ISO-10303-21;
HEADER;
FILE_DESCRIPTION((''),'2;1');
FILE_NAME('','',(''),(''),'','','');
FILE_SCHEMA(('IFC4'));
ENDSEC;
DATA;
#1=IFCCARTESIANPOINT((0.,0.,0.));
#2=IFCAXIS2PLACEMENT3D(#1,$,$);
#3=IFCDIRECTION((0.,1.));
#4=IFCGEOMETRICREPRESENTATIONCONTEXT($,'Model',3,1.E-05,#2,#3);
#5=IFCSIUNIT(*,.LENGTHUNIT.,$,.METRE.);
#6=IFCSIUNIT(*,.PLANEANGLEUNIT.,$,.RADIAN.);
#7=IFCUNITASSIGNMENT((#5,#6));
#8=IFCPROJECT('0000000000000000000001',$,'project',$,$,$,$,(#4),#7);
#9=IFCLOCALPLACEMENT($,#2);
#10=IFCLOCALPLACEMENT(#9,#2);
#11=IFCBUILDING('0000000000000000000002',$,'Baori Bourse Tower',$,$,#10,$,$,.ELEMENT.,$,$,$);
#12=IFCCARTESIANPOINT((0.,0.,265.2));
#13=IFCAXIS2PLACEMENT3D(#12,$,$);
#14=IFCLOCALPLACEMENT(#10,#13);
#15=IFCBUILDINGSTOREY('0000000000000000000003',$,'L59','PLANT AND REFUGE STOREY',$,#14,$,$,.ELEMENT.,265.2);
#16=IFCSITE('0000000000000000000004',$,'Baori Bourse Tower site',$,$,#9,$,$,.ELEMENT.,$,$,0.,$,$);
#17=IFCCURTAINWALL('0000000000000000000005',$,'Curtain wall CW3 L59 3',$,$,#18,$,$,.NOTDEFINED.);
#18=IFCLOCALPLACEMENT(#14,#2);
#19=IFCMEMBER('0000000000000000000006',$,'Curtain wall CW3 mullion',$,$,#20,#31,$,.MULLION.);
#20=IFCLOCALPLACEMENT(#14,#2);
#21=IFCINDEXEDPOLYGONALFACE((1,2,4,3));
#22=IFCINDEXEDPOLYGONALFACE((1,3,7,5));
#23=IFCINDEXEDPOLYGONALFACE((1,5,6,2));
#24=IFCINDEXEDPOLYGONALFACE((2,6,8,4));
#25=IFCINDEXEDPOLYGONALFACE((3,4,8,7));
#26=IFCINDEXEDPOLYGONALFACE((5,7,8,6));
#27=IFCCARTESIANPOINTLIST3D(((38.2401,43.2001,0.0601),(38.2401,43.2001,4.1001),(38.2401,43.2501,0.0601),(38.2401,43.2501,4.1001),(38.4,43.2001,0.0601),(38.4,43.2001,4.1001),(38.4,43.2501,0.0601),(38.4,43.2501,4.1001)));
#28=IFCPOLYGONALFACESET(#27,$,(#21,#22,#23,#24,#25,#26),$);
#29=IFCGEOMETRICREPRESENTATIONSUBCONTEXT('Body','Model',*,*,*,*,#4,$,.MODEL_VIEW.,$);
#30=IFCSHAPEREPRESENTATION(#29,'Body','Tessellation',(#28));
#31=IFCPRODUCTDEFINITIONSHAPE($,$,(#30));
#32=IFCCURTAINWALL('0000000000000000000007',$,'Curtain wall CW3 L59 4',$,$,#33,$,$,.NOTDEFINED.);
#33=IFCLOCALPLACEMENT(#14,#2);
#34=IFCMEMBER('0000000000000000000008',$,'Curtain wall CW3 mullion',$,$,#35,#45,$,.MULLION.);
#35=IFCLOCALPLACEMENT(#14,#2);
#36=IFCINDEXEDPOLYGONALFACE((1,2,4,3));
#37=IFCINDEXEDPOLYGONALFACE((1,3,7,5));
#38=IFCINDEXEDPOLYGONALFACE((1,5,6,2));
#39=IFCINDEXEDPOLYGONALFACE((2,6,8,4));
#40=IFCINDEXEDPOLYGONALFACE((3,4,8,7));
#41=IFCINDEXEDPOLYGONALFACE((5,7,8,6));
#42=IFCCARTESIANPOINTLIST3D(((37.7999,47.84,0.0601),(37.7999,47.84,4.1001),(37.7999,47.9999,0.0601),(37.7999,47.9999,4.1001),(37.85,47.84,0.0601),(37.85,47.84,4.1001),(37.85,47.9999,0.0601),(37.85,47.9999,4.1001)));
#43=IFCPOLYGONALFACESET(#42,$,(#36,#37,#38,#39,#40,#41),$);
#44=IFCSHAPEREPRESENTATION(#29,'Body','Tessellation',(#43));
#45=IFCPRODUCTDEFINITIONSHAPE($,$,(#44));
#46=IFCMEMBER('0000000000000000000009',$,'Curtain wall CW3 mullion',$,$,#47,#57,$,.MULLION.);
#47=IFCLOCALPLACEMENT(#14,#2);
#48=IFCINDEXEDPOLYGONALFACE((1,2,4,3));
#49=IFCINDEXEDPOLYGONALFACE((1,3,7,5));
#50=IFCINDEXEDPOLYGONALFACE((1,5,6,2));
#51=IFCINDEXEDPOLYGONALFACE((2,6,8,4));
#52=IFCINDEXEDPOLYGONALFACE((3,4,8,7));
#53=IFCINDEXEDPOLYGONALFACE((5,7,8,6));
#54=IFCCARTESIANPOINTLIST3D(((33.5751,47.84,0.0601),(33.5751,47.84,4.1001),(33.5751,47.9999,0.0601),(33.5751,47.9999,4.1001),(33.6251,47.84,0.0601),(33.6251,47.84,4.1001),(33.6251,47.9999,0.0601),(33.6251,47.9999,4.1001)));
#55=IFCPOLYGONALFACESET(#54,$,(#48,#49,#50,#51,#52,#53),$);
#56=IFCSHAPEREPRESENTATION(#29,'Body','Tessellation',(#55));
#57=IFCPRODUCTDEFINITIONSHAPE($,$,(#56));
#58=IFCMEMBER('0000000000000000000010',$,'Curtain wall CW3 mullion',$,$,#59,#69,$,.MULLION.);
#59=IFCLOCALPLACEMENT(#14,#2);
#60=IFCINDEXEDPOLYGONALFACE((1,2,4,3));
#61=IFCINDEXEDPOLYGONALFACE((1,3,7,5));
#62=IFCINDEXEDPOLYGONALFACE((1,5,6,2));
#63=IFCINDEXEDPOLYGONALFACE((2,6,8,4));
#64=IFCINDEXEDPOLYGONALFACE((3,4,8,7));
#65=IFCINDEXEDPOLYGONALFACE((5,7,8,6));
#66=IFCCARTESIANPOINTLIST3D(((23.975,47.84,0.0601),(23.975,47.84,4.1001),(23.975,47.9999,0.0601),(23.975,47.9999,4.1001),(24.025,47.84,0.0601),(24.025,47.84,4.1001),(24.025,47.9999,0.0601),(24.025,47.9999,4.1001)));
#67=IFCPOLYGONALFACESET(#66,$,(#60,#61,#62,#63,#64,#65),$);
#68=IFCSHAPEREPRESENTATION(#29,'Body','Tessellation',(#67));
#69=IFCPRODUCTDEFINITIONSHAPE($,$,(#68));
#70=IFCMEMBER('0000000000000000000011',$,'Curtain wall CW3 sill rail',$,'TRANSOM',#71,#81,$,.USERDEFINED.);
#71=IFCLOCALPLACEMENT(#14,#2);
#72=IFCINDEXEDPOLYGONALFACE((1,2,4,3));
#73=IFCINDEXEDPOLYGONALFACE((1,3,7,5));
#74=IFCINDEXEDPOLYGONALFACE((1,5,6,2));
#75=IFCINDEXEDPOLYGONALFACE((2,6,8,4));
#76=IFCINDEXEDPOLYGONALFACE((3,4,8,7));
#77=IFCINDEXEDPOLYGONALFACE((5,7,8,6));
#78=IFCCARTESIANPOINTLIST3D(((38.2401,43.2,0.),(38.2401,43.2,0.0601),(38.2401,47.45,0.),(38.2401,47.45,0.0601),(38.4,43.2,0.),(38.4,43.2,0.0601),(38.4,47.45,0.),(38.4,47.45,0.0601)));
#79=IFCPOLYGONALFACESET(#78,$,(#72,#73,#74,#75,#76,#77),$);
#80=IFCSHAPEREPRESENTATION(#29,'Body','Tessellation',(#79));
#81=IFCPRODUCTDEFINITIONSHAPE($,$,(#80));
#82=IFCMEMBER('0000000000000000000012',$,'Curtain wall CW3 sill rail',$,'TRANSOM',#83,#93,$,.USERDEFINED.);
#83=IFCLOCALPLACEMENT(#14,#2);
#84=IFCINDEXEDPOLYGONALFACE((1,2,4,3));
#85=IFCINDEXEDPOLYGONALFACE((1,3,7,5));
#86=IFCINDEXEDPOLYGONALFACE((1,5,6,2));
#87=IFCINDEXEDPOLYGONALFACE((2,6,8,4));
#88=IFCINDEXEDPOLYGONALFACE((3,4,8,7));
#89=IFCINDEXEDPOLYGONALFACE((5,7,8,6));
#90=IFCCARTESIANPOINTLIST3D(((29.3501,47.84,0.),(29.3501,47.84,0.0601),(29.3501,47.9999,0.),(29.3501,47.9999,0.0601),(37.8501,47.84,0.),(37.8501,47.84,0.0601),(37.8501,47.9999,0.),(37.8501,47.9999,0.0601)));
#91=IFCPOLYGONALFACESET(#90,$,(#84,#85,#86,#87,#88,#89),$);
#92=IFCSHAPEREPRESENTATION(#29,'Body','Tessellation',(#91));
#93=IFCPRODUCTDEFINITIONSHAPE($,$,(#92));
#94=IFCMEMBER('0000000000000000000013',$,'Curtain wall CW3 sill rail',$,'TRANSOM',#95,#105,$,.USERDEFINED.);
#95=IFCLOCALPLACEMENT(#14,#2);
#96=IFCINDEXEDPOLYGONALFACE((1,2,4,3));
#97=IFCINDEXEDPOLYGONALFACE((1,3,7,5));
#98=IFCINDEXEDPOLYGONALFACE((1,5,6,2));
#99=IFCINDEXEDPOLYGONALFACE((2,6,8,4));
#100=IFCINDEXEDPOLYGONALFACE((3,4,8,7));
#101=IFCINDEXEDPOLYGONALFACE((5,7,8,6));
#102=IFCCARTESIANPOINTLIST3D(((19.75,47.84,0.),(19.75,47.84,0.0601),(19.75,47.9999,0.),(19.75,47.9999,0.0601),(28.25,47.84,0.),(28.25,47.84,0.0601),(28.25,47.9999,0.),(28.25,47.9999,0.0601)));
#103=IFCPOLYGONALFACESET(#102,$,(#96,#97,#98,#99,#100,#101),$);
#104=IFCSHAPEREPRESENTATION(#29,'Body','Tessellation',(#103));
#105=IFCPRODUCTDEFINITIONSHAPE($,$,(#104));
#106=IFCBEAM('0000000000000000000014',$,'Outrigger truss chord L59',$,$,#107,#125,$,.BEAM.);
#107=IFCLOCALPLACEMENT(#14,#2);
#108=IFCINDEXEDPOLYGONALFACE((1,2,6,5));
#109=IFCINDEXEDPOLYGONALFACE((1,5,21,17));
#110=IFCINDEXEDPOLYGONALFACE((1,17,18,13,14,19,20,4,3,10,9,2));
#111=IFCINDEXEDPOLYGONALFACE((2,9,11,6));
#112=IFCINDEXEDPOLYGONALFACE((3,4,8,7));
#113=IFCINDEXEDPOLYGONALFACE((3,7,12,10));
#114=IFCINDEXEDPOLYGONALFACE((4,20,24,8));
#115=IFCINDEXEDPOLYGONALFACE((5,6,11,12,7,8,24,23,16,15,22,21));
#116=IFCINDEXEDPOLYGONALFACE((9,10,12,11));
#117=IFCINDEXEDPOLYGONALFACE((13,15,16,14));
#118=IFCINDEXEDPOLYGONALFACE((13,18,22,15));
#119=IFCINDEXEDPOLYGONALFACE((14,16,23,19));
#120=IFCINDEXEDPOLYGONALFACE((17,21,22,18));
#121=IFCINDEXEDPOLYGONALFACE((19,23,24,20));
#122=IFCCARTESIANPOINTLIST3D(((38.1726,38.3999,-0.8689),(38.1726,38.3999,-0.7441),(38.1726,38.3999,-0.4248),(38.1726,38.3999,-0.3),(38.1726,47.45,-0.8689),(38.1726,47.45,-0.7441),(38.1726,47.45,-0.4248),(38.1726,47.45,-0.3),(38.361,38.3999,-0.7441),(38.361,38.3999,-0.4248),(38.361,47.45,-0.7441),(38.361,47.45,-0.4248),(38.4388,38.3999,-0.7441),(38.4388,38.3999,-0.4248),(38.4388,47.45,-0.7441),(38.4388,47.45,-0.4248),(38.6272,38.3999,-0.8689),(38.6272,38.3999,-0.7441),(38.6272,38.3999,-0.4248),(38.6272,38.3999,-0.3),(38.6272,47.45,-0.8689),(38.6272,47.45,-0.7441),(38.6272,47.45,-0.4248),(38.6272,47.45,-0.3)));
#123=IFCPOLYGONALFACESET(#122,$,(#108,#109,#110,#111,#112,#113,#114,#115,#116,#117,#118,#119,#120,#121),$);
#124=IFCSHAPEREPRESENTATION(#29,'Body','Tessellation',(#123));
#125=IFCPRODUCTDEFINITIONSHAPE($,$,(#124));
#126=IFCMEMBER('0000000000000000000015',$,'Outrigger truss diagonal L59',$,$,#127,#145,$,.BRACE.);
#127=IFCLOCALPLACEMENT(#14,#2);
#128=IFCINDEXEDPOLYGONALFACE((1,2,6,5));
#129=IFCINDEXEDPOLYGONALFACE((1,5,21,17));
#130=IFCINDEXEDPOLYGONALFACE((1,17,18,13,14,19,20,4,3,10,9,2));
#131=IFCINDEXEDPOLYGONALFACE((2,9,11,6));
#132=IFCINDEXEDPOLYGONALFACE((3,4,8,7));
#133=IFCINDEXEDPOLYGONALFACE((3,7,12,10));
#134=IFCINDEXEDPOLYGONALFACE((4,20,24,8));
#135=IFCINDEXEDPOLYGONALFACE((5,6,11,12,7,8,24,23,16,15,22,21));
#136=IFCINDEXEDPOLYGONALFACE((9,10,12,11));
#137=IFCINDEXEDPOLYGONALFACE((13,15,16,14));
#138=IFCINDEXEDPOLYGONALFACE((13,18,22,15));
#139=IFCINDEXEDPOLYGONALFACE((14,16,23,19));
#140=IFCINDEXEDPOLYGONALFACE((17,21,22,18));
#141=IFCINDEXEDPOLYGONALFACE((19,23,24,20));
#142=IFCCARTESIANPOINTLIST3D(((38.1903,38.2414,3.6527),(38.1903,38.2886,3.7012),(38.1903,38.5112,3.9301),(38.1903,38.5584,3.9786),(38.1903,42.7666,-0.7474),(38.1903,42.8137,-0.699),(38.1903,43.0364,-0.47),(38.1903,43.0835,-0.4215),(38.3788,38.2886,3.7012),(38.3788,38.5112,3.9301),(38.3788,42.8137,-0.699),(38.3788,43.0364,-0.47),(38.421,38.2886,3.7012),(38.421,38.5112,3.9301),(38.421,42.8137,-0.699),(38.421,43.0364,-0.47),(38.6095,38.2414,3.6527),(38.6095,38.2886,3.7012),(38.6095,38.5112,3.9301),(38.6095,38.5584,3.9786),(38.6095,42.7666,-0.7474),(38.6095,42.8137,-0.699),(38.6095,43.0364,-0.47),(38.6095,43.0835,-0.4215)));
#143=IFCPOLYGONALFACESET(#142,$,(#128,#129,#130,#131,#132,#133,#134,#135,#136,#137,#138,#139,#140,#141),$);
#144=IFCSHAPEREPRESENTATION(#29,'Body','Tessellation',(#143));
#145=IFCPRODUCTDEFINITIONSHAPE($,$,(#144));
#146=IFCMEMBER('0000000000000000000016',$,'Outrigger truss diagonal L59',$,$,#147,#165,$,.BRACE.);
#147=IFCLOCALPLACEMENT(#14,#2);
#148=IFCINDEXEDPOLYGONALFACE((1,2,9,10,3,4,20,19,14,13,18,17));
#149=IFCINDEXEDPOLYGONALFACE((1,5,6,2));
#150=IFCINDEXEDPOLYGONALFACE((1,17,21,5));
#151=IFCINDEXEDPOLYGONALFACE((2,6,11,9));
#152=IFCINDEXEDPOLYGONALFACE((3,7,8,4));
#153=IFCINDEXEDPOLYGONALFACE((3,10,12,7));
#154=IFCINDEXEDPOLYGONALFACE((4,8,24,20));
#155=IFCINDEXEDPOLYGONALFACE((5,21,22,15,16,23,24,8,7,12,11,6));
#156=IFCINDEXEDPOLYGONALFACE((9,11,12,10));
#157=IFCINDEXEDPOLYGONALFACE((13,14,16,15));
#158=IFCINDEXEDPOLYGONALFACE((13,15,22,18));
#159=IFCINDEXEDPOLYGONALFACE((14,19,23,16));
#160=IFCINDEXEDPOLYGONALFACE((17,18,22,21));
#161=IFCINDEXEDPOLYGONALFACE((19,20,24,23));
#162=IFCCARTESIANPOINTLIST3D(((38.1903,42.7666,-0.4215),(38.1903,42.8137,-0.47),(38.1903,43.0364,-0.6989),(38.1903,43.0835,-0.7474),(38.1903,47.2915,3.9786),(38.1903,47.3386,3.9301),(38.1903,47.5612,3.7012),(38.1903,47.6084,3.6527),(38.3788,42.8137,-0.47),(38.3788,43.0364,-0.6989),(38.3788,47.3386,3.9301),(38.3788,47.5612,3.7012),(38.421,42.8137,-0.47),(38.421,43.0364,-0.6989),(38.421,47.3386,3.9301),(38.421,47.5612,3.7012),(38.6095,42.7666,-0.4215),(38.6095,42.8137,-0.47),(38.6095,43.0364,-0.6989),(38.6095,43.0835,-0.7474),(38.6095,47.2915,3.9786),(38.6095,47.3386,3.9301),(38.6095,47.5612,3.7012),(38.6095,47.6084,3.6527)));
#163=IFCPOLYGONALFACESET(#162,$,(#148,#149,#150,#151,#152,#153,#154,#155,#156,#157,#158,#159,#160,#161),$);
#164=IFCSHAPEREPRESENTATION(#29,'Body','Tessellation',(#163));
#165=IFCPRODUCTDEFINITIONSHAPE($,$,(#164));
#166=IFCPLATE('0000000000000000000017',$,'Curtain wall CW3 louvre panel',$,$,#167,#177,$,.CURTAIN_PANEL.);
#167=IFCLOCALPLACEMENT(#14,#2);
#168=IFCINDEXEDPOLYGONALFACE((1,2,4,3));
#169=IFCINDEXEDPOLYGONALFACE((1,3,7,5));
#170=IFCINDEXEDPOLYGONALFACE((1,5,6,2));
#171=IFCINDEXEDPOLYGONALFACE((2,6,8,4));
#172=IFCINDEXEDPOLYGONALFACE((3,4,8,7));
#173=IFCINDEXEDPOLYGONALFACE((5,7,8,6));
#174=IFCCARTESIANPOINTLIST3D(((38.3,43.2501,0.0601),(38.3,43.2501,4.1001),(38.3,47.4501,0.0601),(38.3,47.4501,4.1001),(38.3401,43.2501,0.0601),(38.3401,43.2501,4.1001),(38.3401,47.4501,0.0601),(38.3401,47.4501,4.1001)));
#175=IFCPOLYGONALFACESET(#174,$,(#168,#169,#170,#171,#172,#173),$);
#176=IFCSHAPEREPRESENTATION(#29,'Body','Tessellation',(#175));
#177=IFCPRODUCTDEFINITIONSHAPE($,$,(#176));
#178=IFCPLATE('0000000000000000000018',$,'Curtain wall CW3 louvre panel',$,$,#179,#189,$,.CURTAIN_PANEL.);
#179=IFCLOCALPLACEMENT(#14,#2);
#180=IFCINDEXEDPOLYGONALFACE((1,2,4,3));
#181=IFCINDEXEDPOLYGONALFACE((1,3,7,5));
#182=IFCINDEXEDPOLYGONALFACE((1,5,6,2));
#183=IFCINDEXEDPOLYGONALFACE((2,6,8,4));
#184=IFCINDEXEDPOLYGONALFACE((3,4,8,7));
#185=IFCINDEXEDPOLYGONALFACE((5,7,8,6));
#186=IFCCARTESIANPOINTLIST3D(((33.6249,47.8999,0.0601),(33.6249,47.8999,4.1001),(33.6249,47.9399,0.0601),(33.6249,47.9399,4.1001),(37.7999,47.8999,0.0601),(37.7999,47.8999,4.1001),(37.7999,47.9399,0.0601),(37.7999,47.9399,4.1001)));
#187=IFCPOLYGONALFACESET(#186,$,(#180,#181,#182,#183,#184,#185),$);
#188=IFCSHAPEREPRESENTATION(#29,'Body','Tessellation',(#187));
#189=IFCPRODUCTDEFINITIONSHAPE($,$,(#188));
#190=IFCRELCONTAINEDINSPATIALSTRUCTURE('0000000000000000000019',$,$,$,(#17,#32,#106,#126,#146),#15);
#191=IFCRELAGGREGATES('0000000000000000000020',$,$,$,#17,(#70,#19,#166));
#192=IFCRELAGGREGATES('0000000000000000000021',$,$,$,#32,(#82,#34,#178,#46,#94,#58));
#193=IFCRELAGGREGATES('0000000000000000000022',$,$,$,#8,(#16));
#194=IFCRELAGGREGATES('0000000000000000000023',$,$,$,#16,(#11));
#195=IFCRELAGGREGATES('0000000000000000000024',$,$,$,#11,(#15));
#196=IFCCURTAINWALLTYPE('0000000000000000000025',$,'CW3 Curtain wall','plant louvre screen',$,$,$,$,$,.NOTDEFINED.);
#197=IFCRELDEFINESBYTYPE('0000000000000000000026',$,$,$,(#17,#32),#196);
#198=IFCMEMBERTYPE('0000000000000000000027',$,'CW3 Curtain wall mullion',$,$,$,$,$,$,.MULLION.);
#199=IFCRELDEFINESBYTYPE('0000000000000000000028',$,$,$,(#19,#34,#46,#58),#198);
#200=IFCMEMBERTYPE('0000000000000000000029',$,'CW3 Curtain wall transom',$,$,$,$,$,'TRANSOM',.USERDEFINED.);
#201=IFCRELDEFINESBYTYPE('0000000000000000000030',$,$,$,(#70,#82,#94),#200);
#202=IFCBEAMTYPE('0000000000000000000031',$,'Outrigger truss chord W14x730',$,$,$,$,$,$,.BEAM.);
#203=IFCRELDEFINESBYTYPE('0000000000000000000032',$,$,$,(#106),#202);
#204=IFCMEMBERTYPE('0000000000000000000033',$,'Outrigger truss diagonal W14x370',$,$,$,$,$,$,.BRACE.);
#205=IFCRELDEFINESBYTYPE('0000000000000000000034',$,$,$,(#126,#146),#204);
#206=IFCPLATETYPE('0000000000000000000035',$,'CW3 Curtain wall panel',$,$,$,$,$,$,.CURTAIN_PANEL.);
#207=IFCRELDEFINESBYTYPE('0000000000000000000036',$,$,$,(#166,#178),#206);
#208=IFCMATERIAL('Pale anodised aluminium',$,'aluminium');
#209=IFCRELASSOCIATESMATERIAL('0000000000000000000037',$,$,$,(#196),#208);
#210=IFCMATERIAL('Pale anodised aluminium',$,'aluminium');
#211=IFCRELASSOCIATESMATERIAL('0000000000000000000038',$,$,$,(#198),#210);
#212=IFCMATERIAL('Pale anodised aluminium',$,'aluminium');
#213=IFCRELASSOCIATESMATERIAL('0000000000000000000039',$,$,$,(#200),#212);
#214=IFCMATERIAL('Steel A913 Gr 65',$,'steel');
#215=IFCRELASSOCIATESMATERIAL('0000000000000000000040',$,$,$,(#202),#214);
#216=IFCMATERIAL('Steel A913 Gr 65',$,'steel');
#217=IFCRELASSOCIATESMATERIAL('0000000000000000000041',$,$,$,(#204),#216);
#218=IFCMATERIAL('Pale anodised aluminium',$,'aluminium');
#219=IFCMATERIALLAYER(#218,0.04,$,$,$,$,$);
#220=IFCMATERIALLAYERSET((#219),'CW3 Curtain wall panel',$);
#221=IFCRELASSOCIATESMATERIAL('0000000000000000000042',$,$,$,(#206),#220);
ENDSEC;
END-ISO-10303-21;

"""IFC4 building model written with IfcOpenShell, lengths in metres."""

from ifc_helpers import new_model, si_unit, direction, frame, origin, origin_2d, place, context, subcontext, project, spatial, rectangle, i_section, extrude, material, layer, layer_set, material_profile, profile_set, type_object, element, aggregate, save


model = new_model("IFC4")

# Units and contexts
model_context = context("Model", 3, precision=1e-05, world=origin(), true_north=direction((0.0, 1.0)))
body_context = subcontext(model_context, "Body", "Model", "MODEL_VIEW")
ifc_project = project(units=[si_unit("LENGTHUNIT", "METRE"), si_unit("PLANEANGLEUNIT", "RADIAN")], contexts=[model_context])

# Site, building, storey
site_placement = place(None, origin())
site = spatial("IfcSite", under=ifc_project, at=site_placement, Name="Baori Bourse Tower site", CompositionType="ELEMENT", RefElevation=0.0)
building_placement = place(site_placement, origin())
building = spatial("IfcBuilding", under=site, at=building_placement, Name="Baori Bourse Tower", CompositionType="ELEMENT")
storey_placement = place(building_placement, frame((0.0, 0.0, 265.2)))
storey = spatial("IfcBuildingStorey", under=building, at=storey_placement, Name="L59", Description="PLANT AND REFUGE STOREY", CompositionType="ELEMENT", Elevation=265.2)

# Curtain wall, member
ifc_material_1 = material(Name="Pale anodised aluminium", Category="aluminium")
curtain_wall_type = type_object("IfcCurtainWallType", Name="CW3 Curtain wall", Description="plant louvre screen", PredefinedType="NOTDEFINED", material=ifc_material_1)
curtain_wall_1_placement = place(storey_placement, origin())
curtain_wall_1 = element("IfcCurtainWall", 1, at=curtain_wall_1_placement, inside=storey, type_object=curtain_wall_type, Name="Curtain wall CW3 L59 3", PredefinedType="NOTDEFINED")
ifc_material_2 = material(Name="Pale anodised aluminium", Category="aluminium")
ifc_material_profile_1 = material_profile(ifc_material_2, rectangle(XDim=0.1599, YDim=0.05, at=origin_2d()), Name="Mullion 50x160")
ifc_profile_set_1 = profile_set([ifc_material_profile_1], Name="Pale anodised aluminium")
member_type_1 = type_object("IfcMemberType", Name="CW3 Curtain wall mullion", PredefinedType="MULLION", material=ifc_profile_set_1)
member_1_placement = place(storey_placement, frame((38.3201, 43.2251, 0.0601), z_axis=(0.0, 0.0, 1.0), x_axis=(-1.0, 0.0, 0.0)))
member_1 = element("IfcMember", 2, at=member_1_placement, type_object=member_type_1, Name="Curtain wall CW3 mullion", PredefinedType="MULLION", context=body_context, shape_type="SweptSolid", body=[
    extrude(rectangle(XDim=0.1599, YDim=0.05, at=origin_2d()), origin(), (0.0, 0.0, 1.0), 4.04),
])

# Curtain wall, members
curtain_wall_2_placement = place(storey_placement, origin())
curtain_wall_2 = element("IfcCurtainWall", 3, at=curtain_wall_2_placement, inside=storey, type_object=curtain_wall_type, Name="Curtain wall CW3 L59 4", PredefinedType="NOTDEFINED")
member_2_placement = place(storey_placement, frame((37.825, 47.9199, 0.0601), z_axis=(0.0, 0.0, 1.0), x_axis=(0.0, -1.0, 0.0)))
member_2 = element("IfcMember", 4, at=member_2_placement, type_object=member_type_1, Name="Curtain wall CW3 mullion", PredefinedType="MULLION", context=body_context, shape_type="SweptSolid", body=[
    extrude(rectangle(XDim=0.1599, YDim=0.05, at=origin_2d()), origin(), (0.0, 0.0, 1.0), 4.04),
])
member_3_placement = place(storey_placement, frame((33.6001, 47.9199, 0.0601), z_axis=(0.0, 0.0, 1.0), x_axis=(0.0, -1.0, 0.0)))
member_3 = element("IfcMember", 5, at=member_3_placement, type_object=member_type_1, Name="Curtain wall CW3 mullion", PredefinedType="MULLION", context=body_context, shape_type="SweptSolid", body=[
    extrude(rectangle(XDim=0.1599, YDim=0.05, at=origin_2d()), origin(), (0.0, 0.0, 1.0), 4.04),
])
member_4_placement = place(storey_placement, frame((24.0, 47.9199, 0.0601), z_axis=(0.0, 0.0, 1.0), x_axis=(0.0, -1.0, 0.0)))
member_4 = element("IfcMember", 6, at=member_4_placement, type_object=member_type_1, Name="Curtain wall CW3 mullion", PredefinedType="MULLION", context=body_context, shape_type="SweptSolid", body=[
    extrude(rectangle(XDim=0.1599, YDim=0.05, at=origin_2d()), origin(), (0.0, 0.0, 1.0), 4.04),
])

# Members
ifc_material_3 = material(Name="Pale anodised aluminium", Category="aluminium")
ifc_material_profile_2 = material_profile(ifc_material_3, rectangle(XDim=0.1599, YDim=0.0601, at=origin_2d()), Name="Transom 60x160")
ifc_profile_set_2 = profile_set([ifc_material_profile_2], Name="Pale anodised aluminium")
member_type_2 = type_object("IfcMemberType", Name="CW3 Curtain wall transom", ElementType="TRANSOM", PredefinedType="USERDEFINED", material=ifc_profile_set_2)
member_5_placement = place(storey_placement, frame((38.3201, 43.2, 0.03), z_axis=(0.0, 1.0, 0.0), x_axis=(-1.0, 0.0, 0.0)))
member_5 = element("IfcMember", 7, at=member_5_placement, type_object=member_type_2, Name="Curtain wall CW3 sill rail", ObjectType="TRANSOM", PredefinedType="USERDEFINED", context=body_context, shape_type="SweptSolid", body=[
    extrude(rectangle(XDim=0.1599, YDim=0.0601, at=origin_2d()), origin(), (0.0, 0.0, 1.0), 4.25),
])
member_6_placement = place(storey_placement, frame((37.8501, 47.9199, 0.03), z_axis=(-1.0, 0.0, 0.0), x_axis=(0.0, -1.0, 0.0)))
member_6 = element("IfcMember", 8, at=member_6_placement, type_object=member_type_2, Name="Curtain wall CW3 sill rail", ObjectType="TRANSOM", PredefinedType="USERDEFINED", context=body_context, shape_type="SweptSolid", body=[
    extrude(rectangle(XDim=0.1599, YDim=0.0601, at=origin_2d()), origin(), (0.0, 0.0, 1.0), 8.5),
])
member_7_placement = place(storey_placement, frame((28.25, 47.9199, 0.03), z_axis=(-1.0, 0.0, 0.0), x_axis=(0.0, -1.0, 0.0)))
member_7 = element("IfcMember", 9, at=member_7_placement, type_object=member_type_2, Name="Curtain wall CW3 sill rail", ObjectType="TRANSOM", PredefinedType="USERDEFINED", context=body_context, shape_type="SweptSolid", body=[
    extrude(rectangle(XDim=0.1599, YDim=0.0601, at=origin_2d()), origin(), (0.0, 0.0, 1.0), 8.5),
])

# Beam
ifc_material_4 = material(Name="Steel A913 Gr 65", Category="steel")
ifc_material_profile_3 = material_profile(ifc_material_4, i_section(OverallWidth=0.4546, OverallDepth=0.5688, WebThickness=0.0779, FlangeThickness=0.1248, at=origin_2d()), Name="W14x730")
ifc_profile_set_3 = profile_set([ifc_material_profile_3], Name="Steel A913 Gr 65")
beam_type_1 = type_object("IfcBeamType", Name="Outrigger truss chord W14x730", PredefinedType="BEAM", material=ifc_profile_set_3)
beam_placement = place(storey_placement, frame((38.3999, 38.3999, -0.5845), z_axis=(0.0, 1.0, 0.0), x_axis=(-1.0, 0.0, 0.0)))
element("IfcBeam", 10, at=beam_placement, inside=storey, type_object=beam_type_1, Name="Outrigger truss chord L59", PredefinedType="BEAM", context=body_context, shape_type="SweptSolid", body=[
    extrude(i_section(OverallWidth=0.4546, OverallDepth=0.5688, WebThickness=0.0779, FlangeThickness=0.1248, at=origin_2d()), origin(), (0.0, 0.0, 1.0), 9.05),
])

# Members
ifc_material_5 = material(Name="Steel A913 Gr 65", Category="steel")
ifc_material_profile_4 = material_profile(ifc_material_5, i_section(OverallWidth=0.4192, OverallDepth=0.4546, WebThickness=0.0422, FlangeThickness=0.0676, at=origin_2d()), Name="W14x370")
ifc_profile_set_4 = profile_set([ifc_material_profile_4], Name="Steel A913 Gr 65")
member_type_3 = type_object("IfcMemberType", Name="Outrigger truss diagonal W14x370", PredefinedType="BRACE", material=ifc_profile_set_4)
member_8_placement = place(storey_placement, frame((38.3999, 38.3999, 3.8157), z_axis=(0.0, 0.71694, -0.697135), x_axis=(-1.0, 0.0, 0.0)))
element("IfcMember", 11, at=member_8_placement, inside=storey, type_object=member_type_3, Name="Outrigger truss diagonal L59", PredefinedType="BRACE", context=body_context, shape_type="SweptSolid", body=[
    extrude(i_section(OverallWidth=0.4192, OverallDepth=0.4546, WebThickness=0.0422, FlangeThickness=0.0676, at=origin_2d()), origin(), (0.0, 0.0, 1.0), 6.3118),
])
member_9_placement = place(storey_placement, frame((38.3999, 42.925, -0.5845), z_axis=(0.0, 0.716921, 0.697155), x_axis=(-1.0, 0.0, 0.0)))
element("IfcMember", 12, at=member_9_placement, inside=storey, type_object=member_type_3, Name="Outrigger truss diagonal L59", PredefinedType="BRACE", context=body_context, shape_type="SweptSolid", body=[
    extrude(i_section(OverallWidth=0.4192, OverallDepth=0.4546, WebThickness=0.0422, FlangeThickness=0.0676, at=origin_2d()), origin(), (0.0, 0.0, 1.0), 6.3115),
])

# Plates
ifc_material_6 = material(Name="Pale anodised aluminium", Category="aluminium")
ifc_layer_1 = layer(ifc_material_6, 0.04)
ifc_layer_set_1 = layer_set([ifc_layer_1], Name="CW3 Curtain wall panel")
plate_type = type_object("IfcPlateType", Name="CW3 Curtain wall panel", PredefinedType="CURTAIN_PANEL", material=ifc_layer_set_1)
plate_1_placement = place(storey_placement, frame((38.3201, 45.3501, 0.0601), z_axis=(0.0, 0.0, 1.0), x_axis=(0.0, 1.0, 0.0)))
plate_1 = element("IfcPlate", 13, at=plate_1_placement, type_object=plate_type, Name="Curtain wall CW3 louvre panel", PredefinedType="CURTAIN_PANEL", context=body_context, shape_type="SweptSolid", body=[
    extrude(rectangle(XDim=4.2, YDim=0.04, at=origin_2d()), origin(), (0.0, 0.0, 1.0), 4.04),
])
aggregate(curtain_wall_1, [member_5, member_1, plate_1])
plate_2_placement = place(storey_placement, frame((35.7124, 47.9199, 0.0601), z_axis=(0.0, 0.0, 1.0), x_axis=(-1.0, 0.0, 0.0)))
plate_2 = element("IfcPlate", 14, at=plate_2_placement, type_object=plate_type, Name="Curtain wall CW3 louvre panel", PredefinedType="CURTAIN_PANEL", context=body_context, shape_type="SweptSolid", body=[
    extrude(rectangle(XDim=4.175, YDim=0.04, at=origin_2d()), origin(), (0.0, 0.0, 1.0), 4.04),
])
aggregate(curtain_wall_2, [member_6, member_2, plate_2, member_3, member_7, member_4])

save(model, "model.ifc")
